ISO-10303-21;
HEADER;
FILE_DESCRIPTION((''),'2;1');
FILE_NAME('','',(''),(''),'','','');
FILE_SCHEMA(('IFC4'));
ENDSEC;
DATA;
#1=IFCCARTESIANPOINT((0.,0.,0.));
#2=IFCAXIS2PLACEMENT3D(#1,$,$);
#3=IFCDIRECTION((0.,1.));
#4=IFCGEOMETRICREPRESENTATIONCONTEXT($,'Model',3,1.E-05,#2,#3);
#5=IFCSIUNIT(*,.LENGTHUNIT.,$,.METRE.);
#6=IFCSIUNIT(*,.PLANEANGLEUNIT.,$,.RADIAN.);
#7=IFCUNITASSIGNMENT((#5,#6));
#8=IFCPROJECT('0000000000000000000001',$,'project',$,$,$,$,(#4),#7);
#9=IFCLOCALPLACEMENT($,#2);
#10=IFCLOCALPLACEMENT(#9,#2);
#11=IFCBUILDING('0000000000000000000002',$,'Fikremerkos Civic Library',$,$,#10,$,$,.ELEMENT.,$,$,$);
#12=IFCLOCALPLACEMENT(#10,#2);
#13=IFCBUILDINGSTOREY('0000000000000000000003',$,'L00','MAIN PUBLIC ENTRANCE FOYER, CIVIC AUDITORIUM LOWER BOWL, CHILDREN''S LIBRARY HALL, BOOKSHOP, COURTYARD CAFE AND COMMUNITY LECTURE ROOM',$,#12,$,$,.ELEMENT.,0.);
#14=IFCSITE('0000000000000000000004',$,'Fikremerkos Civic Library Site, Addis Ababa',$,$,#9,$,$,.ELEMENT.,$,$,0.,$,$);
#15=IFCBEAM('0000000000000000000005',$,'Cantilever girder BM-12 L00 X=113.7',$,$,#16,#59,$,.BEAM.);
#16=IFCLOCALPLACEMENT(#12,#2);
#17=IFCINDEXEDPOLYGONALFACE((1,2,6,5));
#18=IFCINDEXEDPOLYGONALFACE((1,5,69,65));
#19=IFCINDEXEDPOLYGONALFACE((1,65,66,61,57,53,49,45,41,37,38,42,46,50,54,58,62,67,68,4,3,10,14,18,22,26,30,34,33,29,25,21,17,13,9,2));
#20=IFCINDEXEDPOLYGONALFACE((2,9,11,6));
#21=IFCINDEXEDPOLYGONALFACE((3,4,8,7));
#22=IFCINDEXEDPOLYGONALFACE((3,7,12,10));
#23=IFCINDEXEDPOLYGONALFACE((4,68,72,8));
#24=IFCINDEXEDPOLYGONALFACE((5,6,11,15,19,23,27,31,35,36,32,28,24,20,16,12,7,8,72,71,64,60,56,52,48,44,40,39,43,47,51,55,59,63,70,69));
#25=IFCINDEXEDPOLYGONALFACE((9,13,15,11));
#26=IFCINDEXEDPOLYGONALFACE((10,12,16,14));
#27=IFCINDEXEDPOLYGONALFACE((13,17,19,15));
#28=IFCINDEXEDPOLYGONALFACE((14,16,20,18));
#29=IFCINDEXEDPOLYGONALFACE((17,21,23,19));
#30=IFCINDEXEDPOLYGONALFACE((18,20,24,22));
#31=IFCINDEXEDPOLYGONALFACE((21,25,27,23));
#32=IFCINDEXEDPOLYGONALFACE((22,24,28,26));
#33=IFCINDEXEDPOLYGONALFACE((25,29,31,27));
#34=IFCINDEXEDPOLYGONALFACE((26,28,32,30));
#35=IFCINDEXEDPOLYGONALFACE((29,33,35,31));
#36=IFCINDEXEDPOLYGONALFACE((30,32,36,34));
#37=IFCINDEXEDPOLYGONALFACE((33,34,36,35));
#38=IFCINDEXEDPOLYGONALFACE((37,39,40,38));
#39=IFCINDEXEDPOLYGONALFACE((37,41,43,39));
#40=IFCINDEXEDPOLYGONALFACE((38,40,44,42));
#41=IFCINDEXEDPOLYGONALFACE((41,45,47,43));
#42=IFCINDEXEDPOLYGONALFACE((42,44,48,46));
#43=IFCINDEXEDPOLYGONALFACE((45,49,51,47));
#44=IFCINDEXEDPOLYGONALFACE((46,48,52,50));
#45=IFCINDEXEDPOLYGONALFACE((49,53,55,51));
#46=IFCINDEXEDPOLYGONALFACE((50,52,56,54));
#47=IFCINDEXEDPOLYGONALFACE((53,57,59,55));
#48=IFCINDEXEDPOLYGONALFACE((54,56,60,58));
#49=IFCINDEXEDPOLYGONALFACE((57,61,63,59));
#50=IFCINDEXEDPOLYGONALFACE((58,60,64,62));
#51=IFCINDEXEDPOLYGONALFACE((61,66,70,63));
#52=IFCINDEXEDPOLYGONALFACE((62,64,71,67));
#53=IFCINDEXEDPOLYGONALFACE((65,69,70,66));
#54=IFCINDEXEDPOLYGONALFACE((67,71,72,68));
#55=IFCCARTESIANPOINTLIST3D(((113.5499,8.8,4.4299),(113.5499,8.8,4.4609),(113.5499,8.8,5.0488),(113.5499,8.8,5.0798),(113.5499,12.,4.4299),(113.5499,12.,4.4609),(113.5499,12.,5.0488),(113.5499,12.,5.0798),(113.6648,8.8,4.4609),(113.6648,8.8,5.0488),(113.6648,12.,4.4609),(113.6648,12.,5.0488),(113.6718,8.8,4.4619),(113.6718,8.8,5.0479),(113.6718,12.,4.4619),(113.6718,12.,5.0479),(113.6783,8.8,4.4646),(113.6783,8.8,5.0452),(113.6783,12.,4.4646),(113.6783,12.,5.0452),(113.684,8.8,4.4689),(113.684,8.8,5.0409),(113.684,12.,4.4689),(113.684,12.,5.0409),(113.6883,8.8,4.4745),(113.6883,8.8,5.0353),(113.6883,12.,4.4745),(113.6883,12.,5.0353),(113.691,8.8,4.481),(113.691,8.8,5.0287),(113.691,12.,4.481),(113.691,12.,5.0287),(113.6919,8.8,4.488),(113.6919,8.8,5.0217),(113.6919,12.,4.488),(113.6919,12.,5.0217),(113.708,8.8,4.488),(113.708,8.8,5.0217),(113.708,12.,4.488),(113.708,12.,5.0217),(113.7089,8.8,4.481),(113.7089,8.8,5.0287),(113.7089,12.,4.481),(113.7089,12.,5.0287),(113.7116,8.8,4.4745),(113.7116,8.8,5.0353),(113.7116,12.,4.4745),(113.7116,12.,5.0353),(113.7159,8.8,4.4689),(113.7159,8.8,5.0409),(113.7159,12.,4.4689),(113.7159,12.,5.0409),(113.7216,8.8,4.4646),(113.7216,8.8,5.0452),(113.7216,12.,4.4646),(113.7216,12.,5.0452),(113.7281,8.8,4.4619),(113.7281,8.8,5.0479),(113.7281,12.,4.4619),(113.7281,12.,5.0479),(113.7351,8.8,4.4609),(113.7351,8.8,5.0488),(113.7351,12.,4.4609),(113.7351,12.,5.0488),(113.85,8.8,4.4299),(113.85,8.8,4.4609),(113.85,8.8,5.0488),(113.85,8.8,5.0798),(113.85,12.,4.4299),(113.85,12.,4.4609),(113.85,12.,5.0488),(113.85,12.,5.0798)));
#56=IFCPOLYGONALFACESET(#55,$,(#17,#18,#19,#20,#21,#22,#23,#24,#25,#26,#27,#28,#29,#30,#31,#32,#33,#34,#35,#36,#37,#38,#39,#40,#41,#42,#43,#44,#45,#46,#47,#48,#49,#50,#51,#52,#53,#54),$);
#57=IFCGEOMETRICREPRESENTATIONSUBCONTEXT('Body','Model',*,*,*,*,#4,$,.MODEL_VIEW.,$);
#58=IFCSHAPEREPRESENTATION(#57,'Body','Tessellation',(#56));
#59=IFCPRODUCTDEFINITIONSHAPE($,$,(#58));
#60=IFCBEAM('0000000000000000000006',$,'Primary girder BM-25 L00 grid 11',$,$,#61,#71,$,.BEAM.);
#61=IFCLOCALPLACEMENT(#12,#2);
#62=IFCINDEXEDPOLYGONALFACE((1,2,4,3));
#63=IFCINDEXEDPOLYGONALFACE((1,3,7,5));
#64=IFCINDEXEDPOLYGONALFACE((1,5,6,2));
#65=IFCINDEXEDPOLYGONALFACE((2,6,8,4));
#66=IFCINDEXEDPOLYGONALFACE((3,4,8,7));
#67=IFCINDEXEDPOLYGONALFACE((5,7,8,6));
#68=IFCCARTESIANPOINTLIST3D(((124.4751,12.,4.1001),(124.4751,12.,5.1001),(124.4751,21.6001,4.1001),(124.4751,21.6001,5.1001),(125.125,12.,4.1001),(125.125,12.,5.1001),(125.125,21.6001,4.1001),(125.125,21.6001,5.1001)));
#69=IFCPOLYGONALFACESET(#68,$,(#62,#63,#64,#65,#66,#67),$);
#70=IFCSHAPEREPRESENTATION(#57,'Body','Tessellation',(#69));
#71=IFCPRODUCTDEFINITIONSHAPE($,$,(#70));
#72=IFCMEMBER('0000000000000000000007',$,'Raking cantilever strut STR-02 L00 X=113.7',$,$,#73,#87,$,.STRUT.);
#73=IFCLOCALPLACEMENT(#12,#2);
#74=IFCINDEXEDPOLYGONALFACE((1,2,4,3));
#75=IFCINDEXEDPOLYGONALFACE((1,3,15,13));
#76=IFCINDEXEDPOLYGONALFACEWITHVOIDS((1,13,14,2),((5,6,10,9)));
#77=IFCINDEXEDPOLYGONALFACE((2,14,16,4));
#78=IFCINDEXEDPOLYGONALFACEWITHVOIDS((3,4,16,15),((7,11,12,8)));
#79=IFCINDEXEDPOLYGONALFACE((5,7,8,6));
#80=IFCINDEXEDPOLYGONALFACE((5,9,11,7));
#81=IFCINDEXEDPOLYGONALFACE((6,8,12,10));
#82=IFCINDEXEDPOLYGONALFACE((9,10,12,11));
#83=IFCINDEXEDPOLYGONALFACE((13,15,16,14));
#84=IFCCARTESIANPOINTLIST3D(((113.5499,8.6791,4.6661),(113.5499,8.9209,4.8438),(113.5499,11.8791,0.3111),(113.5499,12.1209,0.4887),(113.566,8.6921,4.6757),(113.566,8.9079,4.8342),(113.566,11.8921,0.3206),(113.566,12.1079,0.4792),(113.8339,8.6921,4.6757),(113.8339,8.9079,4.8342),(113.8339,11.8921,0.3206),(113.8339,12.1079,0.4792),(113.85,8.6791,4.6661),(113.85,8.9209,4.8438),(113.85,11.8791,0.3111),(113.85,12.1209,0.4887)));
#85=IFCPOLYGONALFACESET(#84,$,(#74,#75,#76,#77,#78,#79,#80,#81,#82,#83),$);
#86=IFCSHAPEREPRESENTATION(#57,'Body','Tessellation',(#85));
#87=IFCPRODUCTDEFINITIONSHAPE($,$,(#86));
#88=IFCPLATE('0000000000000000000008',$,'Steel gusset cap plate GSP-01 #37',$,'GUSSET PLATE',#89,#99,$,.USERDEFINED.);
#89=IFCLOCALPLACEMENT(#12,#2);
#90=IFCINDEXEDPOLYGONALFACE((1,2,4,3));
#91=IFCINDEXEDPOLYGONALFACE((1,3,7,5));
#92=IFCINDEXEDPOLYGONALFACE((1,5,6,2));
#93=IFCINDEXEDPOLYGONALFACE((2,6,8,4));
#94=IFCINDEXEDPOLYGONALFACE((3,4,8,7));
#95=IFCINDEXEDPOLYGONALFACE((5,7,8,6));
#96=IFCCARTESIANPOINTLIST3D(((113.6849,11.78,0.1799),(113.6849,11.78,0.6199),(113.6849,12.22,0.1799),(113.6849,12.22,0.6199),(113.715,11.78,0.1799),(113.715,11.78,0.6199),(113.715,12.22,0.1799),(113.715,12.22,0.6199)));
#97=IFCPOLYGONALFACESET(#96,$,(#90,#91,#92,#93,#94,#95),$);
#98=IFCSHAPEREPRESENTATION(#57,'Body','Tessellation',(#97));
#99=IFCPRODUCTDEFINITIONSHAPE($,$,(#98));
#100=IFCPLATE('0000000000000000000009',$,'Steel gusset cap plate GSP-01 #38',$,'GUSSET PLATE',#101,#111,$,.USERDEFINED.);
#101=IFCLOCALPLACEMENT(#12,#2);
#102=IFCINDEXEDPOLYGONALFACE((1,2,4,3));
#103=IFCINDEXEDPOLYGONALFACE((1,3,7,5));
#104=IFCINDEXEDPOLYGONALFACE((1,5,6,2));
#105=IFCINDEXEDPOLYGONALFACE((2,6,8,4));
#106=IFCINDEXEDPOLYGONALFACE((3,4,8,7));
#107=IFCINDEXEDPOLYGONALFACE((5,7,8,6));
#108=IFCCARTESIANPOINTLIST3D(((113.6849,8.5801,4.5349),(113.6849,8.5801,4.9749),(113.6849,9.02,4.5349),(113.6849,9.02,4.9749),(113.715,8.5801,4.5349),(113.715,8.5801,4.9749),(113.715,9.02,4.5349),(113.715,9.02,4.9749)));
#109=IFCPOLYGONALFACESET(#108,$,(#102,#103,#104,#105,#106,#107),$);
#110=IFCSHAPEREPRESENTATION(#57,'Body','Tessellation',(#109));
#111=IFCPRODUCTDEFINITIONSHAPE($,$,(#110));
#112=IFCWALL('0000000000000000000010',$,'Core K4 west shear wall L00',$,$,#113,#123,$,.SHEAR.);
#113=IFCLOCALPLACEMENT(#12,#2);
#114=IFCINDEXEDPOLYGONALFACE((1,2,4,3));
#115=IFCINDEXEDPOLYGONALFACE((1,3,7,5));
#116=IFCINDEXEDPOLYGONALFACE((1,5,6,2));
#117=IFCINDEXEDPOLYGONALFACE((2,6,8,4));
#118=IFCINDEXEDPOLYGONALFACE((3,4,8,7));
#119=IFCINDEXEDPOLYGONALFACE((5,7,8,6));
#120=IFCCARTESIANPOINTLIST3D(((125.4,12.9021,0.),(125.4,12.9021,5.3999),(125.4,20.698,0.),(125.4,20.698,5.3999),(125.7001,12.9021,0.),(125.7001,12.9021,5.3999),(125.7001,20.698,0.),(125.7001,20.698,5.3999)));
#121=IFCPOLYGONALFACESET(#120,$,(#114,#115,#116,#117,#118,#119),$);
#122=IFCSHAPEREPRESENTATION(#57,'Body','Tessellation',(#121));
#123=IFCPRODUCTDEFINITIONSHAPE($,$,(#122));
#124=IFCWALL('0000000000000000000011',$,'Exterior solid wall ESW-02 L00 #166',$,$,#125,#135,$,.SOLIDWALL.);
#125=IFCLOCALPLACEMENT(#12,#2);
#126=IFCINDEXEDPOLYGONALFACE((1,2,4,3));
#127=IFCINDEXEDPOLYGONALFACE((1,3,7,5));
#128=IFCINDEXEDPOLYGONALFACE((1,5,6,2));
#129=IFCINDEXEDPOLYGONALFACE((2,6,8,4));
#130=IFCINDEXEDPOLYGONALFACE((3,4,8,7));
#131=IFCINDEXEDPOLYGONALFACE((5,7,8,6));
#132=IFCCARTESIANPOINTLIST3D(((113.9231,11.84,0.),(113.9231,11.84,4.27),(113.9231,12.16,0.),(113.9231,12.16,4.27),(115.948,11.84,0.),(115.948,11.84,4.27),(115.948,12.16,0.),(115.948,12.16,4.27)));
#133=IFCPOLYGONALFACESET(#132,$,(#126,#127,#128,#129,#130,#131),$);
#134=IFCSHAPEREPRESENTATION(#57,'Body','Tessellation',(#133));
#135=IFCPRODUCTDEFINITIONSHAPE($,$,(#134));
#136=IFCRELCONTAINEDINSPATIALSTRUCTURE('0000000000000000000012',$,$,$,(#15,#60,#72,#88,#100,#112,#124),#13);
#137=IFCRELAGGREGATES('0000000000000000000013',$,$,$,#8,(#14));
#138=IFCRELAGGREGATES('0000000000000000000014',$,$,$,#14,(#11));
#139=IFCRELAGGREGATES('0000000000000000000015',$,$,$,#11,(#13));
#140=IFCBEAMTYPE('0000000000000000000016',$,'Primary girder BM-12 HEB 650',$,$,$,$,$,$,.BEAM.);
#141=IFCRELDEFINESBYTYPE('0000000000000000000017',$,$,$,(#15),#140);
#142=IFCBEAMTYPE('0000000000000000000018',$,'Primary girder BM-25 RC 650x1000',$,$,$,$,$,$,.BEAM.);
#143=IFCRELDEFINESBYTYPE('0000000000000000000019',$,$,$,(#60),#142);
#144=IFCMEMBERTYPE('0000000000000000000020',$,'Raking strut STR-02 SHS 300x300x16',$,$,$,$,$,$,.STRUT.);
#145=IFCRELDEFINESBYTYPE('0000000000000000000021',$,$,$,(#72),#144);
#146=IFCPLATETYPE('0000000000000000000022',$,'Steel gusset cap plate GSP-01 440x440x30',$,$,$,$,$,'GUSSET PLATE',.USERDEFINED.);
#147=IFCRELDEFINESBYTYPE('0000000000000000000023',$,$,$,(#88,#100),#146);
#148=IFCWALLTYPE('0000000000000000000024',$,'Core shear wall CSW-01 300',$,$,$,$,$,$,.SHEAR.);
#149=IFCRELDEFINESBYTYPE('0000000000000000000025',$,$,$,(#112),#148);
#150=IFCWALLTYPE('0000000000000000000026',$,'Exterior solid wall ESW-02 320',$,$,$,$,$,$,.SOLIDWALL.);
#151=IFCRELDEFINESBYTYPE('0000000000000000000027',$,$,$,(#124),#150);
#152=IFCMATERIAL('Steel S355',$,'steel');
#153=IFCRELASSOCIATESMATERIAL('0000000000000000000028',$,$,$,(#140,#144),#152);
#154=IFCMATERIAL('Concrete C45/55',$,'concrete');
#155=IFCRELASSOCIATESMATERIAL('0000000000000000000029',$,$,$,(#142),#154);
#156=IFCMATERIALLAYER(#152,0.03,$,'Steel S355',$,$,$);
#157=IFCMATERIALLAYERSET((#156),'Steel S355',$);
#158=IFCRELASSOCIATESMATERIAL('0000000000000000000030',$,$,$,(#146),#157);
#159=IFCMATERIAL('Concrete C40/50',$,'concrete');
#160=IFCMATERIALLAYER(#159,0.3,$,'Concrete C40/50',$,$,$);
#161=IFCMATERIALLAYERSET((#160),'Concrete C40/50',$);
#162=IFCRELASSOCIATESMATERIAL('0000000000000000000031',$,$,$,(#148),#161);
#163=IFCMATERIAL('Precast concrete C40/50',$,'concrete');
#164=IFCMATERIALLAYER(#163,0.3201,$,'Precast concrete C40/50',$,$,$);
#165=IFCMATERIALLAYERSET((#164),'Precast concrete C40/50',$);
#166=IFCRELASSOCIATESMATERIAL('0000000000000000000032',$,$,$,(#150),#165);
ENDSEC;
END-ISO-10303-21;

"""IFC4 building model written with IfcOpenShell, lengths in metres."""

from ifc_helpers import new_model, si_unit, direction, frame, frame_2d, origin, origin_2d, place, context, subcontext, project, spatial, rectangle, hollow_rectangle, i_section, extrude, material, layer, layer_set, material_profile, profile_set, type_object, element, save


model = new_model("IFC4")

# Units and contexts
model_context = context("Model", 3, precision=1e-05, world=origin(), true_north=direction((0.0, 1.0)))
body_context = subcontext(model_context, "Body", "Model", "MODEL_VIEW")
ifc_project = project(units=[si_unit("LENGTHUNIT", "METRE"), si_unit("PLANEANGLEUNIT", "RADIAN")], contexts=[model_context])

# Site, building, storey
site_placement = place(None, origin())
site = spatial("IfcSite", under=ifc_project, at=site_placement, Name="Fikremerkos Civic Library Site, Addis Ababa", CompositionType="ELEMENT", RefElevation=0.0)
building_placement = place(site_placement, origin())
building = spatial("IfcBuilding", under=site, at=building_placement, Name="Fikremerkos Civic Library", CompositionType="ELEMENT")
storey_placement = place(building_placement, origin())
storey = spatial("IfcBuildingStorey", under=building, at=storey_placement, Name="L00", Description="MAIN PUBLIC ENTRANCE FOYER, CIVIC AUDITORIUM LOWER BOWL, CHILDREN'S LIBRARY HALL, BOOKSHOP, COURTYARD CAFE AND COMMUNITY LECTURE ROOM", CompositionType="ELEMENT", Elevation=0.0)

# Shared definitions
ifc_material_1 = material(Name="Concrete C40/50", Category="concrete")

# Beams
ifc_material_2 = material(Name="Steel S355", Category="steel")
ifc_material_profile_1 = material_profile(ifc_material_2, i_section(OverallWidth=0.3, OverallDepth=0.6499, WebThickness=0.0161, FlangeThickness=0.031, FilletRadius=0.0271, at=origin_2d()), Name="HEB 650")
ifc_profile_set_1 = profile_set([ifc_material_profile_1], Name="Steel S355")
beam_type_1 = type_object("IfcBeamType", Name="Primary girder BM-12 HEB 650", PredefinedType="BEAM", material=ifc_profile_set_1)
beam_1_placement = place(storey_placement, frame((113.7, 12.0, 4.7549), z_axis=(0.0, -1.0, 0.0), x_axis=(1.0, 0.0, 0.0)))
element("IfcBeam", 1, at=beam_1_placement, inside=storey, type_object=beam_type_1, Name="Cantilever girder BM-12 L00 X=113.7", PredefinedType="BEAM", context=body_context, shape_type="SweptSolid", body=[
    extrude(i_section(OverallWidth=0.3, OverallDepth=0.6499, WebThickness=0.0161, FlangeThickness=0.031, FilletRadius=0.0271, at=origin_2d()), origin(), (0.0, 0.0, 1.0), 3.2),
])
ifc_material_3 = material(Name="Concrete C45/55", Category="concrete")
ifc_material_profile_2 = material_profile(ifc_material_3, rectangle(XDim=0.6499, YDim=1.0, at=origin_2d()), Name="RC 650x1000")
ifc_profile_set_2 = profile_set([ifc_material_profile_2], Name="Concrete C45/55")
beam_type_2 = type_object("IfcBeamType", Name="Primary girder BM-25 RC 650x1000", PredefinedType="BEAM", material=ifc_profile_set_2)
beam_2_placement = place(storey_placement, frame((124.8, 12.0, 4.6001), z_axis=(0.0, 1.0, 0.0), x_axis=(-1.0, 0.0, 0.0)))
element("IfcBeam", 2, at=beam_2_placement, inside=storey, type_object=beam_type_2, Name="Primary girder BM-25 L00 grid 11", PredefinedType="BEAM", context=body_context, shape_type="SweptSolid", body=[
    extrude(rectangle(XDim=0.6499, YDim=1.0, at=origin_2d()), origin(), (0.0, 0.0, 1.0), 9.6001),
])

# Member
ifc_material_profile_3 = material_profile(ifc_material_2, hollow_rectangle(XDim=0.3, YDim=0.3, WallThickness=0.0161, at=origin_2d()), Name="SHS 300x300x16")
ifc_profile_set_3 = profile_set([ifc_material_profile_3], Name="Steel S355")
member_type = type_object("IfcMemberType", Name="Raking strut STR-02 SHS 300x300x16", PredefinedType="STRUT", material=ifc_profile_set_3)
member_placement = place(storey_placement, frame((113.7, 12.0, 0.3999), z_axis=(0.0, -0.592121, 0.805849), x_axis=(1.0, 0.0, 0.0)))
element("IfcMember", 3, at=member_placement, inside=storey, type_object=member_type, Name="Raking cantilever strut STR-02 L00 X=113.7", PredefinedType="STRUT", context=body_context, shape_type="SweptSolid", body=[
    extrude(hollow_rectangle(XDim=0.3, YDim=0.3, WallThickness=0.0161, at=origin_2d()), origin(), (0.0, 0.0, 1.0), 5.4043),
])

# Plates
ifc_layer_1 = layer(ifc_material_2, 0.03, Name="Steel S355")
ifc_layer_set_1 = layer_set([ifc_layer_1], Name="Steel S355")
plate_type = type_object("IfcPlateType", Name="Steel gusset cap plate GSP-01 440x440x30", ElementType="GUSSET PLATE", PredefinedType="USERDEFINED", material=ifc_layer_set_1)
for number, where, z_axis, x_axis, name in (
    (4, (113.7, 12.0, 0.1799), (0.0, 0.0, 1.0), (1.0, 0.0, 0.0), "Steel gusset cap plate GSP-01 #37"),
    (5, (113.7, 8.8, 4.5349), (0.0, 0.0, 1.0), (1.0, 0.0, 0.0), "Steel gusset cap plate GSP-01 #38"),
):
    element("IfcPlate", number, at=place(storey_placement, frame(where, z_axis=z_axis, x_axis=x_axis)), inside=storey, type_object=plate_type, Name=name, ObjectType="GUSSET PLATE", PredefinedType="USERDEFINED", context=body_context, shape_type="SweptSolid", body=[
        extrude(rectangle(XDim=0.03, YDim=0.4399, at=origin_2d()), origin(), (0.0, 0.0, 1.0), 0.4399),
    ])

# Walls
ifc_layer_2 = layer(ifc_material_1, 0.3, Name="Concrete C40/50")
ifc_layer_set_2 = layer_set([ifc_layer_2], Name="Concrete C40/50")
wall_type_1 = type_object("IfcWallType", Name="Core shear wall CSW-01 300", PredefinedType="SHEAR", material=ifc_layer_set_2)
wall_1_placement = place(storey_placement, frame((125.55, 12.9021, 0.0), z_axis=(0.0, 0.0, 1.0), x_axis=(0.0, 1.0, 0.0)))
element("IfcWall", 6, at=wall_1_placement, inside=storey, type_object=wall_type_1, Name="Core K4 west shear wall L00", PredefinedType="SHEAR", context=body_context, shape_type="SweptSolid", body=[
    extrude(rectangle(XDim=7.7959, YDim=0.3, at=frame_2d((3.8979, 0.0))), origin(), (0.0, 0.0, 1.0), 5.3999),
])
ifc_material_4 = material(Name="Precast concrete C40/50", Category="concrete")
ifc_layer_3 = layer(ifc_material_4, 0.3201, Name="Precast concrete C40/50")
ifc_layer_set_3 = layer_set([ifc_layer_3], Name="Precast concrete C40/50")
wall_type_2 = type_object("IfcWallType", Name="Exterior solid wall ESW-02 320", PredefinedType="SOLIDWALL", material=ifc_layer_set_3)
wall_2_placement = place(storey_placement, frame((115.948, 12.0, 0.0), z_axis=(0.0, 0.0, 1.0), x_axis=(-1.0, 0.0, 0.0)))
element("IfcWall", 7, at=wall_2_placement, inside=storey, type_object=wall_type_2, Name="Exterior solid wall ESW-02 L00 #166", PredefinedType="SOLIDWALL", context=body_context, shape_type="SweptSolid", body=[
    extrude(rectangle(XDim=2.0249, YDim=0.3201, at=frame_2d((1.0125, 0.0))), origin(), (0.0, 0.0, 1.0), 4.27),
])

save(model, "model.ifc")
